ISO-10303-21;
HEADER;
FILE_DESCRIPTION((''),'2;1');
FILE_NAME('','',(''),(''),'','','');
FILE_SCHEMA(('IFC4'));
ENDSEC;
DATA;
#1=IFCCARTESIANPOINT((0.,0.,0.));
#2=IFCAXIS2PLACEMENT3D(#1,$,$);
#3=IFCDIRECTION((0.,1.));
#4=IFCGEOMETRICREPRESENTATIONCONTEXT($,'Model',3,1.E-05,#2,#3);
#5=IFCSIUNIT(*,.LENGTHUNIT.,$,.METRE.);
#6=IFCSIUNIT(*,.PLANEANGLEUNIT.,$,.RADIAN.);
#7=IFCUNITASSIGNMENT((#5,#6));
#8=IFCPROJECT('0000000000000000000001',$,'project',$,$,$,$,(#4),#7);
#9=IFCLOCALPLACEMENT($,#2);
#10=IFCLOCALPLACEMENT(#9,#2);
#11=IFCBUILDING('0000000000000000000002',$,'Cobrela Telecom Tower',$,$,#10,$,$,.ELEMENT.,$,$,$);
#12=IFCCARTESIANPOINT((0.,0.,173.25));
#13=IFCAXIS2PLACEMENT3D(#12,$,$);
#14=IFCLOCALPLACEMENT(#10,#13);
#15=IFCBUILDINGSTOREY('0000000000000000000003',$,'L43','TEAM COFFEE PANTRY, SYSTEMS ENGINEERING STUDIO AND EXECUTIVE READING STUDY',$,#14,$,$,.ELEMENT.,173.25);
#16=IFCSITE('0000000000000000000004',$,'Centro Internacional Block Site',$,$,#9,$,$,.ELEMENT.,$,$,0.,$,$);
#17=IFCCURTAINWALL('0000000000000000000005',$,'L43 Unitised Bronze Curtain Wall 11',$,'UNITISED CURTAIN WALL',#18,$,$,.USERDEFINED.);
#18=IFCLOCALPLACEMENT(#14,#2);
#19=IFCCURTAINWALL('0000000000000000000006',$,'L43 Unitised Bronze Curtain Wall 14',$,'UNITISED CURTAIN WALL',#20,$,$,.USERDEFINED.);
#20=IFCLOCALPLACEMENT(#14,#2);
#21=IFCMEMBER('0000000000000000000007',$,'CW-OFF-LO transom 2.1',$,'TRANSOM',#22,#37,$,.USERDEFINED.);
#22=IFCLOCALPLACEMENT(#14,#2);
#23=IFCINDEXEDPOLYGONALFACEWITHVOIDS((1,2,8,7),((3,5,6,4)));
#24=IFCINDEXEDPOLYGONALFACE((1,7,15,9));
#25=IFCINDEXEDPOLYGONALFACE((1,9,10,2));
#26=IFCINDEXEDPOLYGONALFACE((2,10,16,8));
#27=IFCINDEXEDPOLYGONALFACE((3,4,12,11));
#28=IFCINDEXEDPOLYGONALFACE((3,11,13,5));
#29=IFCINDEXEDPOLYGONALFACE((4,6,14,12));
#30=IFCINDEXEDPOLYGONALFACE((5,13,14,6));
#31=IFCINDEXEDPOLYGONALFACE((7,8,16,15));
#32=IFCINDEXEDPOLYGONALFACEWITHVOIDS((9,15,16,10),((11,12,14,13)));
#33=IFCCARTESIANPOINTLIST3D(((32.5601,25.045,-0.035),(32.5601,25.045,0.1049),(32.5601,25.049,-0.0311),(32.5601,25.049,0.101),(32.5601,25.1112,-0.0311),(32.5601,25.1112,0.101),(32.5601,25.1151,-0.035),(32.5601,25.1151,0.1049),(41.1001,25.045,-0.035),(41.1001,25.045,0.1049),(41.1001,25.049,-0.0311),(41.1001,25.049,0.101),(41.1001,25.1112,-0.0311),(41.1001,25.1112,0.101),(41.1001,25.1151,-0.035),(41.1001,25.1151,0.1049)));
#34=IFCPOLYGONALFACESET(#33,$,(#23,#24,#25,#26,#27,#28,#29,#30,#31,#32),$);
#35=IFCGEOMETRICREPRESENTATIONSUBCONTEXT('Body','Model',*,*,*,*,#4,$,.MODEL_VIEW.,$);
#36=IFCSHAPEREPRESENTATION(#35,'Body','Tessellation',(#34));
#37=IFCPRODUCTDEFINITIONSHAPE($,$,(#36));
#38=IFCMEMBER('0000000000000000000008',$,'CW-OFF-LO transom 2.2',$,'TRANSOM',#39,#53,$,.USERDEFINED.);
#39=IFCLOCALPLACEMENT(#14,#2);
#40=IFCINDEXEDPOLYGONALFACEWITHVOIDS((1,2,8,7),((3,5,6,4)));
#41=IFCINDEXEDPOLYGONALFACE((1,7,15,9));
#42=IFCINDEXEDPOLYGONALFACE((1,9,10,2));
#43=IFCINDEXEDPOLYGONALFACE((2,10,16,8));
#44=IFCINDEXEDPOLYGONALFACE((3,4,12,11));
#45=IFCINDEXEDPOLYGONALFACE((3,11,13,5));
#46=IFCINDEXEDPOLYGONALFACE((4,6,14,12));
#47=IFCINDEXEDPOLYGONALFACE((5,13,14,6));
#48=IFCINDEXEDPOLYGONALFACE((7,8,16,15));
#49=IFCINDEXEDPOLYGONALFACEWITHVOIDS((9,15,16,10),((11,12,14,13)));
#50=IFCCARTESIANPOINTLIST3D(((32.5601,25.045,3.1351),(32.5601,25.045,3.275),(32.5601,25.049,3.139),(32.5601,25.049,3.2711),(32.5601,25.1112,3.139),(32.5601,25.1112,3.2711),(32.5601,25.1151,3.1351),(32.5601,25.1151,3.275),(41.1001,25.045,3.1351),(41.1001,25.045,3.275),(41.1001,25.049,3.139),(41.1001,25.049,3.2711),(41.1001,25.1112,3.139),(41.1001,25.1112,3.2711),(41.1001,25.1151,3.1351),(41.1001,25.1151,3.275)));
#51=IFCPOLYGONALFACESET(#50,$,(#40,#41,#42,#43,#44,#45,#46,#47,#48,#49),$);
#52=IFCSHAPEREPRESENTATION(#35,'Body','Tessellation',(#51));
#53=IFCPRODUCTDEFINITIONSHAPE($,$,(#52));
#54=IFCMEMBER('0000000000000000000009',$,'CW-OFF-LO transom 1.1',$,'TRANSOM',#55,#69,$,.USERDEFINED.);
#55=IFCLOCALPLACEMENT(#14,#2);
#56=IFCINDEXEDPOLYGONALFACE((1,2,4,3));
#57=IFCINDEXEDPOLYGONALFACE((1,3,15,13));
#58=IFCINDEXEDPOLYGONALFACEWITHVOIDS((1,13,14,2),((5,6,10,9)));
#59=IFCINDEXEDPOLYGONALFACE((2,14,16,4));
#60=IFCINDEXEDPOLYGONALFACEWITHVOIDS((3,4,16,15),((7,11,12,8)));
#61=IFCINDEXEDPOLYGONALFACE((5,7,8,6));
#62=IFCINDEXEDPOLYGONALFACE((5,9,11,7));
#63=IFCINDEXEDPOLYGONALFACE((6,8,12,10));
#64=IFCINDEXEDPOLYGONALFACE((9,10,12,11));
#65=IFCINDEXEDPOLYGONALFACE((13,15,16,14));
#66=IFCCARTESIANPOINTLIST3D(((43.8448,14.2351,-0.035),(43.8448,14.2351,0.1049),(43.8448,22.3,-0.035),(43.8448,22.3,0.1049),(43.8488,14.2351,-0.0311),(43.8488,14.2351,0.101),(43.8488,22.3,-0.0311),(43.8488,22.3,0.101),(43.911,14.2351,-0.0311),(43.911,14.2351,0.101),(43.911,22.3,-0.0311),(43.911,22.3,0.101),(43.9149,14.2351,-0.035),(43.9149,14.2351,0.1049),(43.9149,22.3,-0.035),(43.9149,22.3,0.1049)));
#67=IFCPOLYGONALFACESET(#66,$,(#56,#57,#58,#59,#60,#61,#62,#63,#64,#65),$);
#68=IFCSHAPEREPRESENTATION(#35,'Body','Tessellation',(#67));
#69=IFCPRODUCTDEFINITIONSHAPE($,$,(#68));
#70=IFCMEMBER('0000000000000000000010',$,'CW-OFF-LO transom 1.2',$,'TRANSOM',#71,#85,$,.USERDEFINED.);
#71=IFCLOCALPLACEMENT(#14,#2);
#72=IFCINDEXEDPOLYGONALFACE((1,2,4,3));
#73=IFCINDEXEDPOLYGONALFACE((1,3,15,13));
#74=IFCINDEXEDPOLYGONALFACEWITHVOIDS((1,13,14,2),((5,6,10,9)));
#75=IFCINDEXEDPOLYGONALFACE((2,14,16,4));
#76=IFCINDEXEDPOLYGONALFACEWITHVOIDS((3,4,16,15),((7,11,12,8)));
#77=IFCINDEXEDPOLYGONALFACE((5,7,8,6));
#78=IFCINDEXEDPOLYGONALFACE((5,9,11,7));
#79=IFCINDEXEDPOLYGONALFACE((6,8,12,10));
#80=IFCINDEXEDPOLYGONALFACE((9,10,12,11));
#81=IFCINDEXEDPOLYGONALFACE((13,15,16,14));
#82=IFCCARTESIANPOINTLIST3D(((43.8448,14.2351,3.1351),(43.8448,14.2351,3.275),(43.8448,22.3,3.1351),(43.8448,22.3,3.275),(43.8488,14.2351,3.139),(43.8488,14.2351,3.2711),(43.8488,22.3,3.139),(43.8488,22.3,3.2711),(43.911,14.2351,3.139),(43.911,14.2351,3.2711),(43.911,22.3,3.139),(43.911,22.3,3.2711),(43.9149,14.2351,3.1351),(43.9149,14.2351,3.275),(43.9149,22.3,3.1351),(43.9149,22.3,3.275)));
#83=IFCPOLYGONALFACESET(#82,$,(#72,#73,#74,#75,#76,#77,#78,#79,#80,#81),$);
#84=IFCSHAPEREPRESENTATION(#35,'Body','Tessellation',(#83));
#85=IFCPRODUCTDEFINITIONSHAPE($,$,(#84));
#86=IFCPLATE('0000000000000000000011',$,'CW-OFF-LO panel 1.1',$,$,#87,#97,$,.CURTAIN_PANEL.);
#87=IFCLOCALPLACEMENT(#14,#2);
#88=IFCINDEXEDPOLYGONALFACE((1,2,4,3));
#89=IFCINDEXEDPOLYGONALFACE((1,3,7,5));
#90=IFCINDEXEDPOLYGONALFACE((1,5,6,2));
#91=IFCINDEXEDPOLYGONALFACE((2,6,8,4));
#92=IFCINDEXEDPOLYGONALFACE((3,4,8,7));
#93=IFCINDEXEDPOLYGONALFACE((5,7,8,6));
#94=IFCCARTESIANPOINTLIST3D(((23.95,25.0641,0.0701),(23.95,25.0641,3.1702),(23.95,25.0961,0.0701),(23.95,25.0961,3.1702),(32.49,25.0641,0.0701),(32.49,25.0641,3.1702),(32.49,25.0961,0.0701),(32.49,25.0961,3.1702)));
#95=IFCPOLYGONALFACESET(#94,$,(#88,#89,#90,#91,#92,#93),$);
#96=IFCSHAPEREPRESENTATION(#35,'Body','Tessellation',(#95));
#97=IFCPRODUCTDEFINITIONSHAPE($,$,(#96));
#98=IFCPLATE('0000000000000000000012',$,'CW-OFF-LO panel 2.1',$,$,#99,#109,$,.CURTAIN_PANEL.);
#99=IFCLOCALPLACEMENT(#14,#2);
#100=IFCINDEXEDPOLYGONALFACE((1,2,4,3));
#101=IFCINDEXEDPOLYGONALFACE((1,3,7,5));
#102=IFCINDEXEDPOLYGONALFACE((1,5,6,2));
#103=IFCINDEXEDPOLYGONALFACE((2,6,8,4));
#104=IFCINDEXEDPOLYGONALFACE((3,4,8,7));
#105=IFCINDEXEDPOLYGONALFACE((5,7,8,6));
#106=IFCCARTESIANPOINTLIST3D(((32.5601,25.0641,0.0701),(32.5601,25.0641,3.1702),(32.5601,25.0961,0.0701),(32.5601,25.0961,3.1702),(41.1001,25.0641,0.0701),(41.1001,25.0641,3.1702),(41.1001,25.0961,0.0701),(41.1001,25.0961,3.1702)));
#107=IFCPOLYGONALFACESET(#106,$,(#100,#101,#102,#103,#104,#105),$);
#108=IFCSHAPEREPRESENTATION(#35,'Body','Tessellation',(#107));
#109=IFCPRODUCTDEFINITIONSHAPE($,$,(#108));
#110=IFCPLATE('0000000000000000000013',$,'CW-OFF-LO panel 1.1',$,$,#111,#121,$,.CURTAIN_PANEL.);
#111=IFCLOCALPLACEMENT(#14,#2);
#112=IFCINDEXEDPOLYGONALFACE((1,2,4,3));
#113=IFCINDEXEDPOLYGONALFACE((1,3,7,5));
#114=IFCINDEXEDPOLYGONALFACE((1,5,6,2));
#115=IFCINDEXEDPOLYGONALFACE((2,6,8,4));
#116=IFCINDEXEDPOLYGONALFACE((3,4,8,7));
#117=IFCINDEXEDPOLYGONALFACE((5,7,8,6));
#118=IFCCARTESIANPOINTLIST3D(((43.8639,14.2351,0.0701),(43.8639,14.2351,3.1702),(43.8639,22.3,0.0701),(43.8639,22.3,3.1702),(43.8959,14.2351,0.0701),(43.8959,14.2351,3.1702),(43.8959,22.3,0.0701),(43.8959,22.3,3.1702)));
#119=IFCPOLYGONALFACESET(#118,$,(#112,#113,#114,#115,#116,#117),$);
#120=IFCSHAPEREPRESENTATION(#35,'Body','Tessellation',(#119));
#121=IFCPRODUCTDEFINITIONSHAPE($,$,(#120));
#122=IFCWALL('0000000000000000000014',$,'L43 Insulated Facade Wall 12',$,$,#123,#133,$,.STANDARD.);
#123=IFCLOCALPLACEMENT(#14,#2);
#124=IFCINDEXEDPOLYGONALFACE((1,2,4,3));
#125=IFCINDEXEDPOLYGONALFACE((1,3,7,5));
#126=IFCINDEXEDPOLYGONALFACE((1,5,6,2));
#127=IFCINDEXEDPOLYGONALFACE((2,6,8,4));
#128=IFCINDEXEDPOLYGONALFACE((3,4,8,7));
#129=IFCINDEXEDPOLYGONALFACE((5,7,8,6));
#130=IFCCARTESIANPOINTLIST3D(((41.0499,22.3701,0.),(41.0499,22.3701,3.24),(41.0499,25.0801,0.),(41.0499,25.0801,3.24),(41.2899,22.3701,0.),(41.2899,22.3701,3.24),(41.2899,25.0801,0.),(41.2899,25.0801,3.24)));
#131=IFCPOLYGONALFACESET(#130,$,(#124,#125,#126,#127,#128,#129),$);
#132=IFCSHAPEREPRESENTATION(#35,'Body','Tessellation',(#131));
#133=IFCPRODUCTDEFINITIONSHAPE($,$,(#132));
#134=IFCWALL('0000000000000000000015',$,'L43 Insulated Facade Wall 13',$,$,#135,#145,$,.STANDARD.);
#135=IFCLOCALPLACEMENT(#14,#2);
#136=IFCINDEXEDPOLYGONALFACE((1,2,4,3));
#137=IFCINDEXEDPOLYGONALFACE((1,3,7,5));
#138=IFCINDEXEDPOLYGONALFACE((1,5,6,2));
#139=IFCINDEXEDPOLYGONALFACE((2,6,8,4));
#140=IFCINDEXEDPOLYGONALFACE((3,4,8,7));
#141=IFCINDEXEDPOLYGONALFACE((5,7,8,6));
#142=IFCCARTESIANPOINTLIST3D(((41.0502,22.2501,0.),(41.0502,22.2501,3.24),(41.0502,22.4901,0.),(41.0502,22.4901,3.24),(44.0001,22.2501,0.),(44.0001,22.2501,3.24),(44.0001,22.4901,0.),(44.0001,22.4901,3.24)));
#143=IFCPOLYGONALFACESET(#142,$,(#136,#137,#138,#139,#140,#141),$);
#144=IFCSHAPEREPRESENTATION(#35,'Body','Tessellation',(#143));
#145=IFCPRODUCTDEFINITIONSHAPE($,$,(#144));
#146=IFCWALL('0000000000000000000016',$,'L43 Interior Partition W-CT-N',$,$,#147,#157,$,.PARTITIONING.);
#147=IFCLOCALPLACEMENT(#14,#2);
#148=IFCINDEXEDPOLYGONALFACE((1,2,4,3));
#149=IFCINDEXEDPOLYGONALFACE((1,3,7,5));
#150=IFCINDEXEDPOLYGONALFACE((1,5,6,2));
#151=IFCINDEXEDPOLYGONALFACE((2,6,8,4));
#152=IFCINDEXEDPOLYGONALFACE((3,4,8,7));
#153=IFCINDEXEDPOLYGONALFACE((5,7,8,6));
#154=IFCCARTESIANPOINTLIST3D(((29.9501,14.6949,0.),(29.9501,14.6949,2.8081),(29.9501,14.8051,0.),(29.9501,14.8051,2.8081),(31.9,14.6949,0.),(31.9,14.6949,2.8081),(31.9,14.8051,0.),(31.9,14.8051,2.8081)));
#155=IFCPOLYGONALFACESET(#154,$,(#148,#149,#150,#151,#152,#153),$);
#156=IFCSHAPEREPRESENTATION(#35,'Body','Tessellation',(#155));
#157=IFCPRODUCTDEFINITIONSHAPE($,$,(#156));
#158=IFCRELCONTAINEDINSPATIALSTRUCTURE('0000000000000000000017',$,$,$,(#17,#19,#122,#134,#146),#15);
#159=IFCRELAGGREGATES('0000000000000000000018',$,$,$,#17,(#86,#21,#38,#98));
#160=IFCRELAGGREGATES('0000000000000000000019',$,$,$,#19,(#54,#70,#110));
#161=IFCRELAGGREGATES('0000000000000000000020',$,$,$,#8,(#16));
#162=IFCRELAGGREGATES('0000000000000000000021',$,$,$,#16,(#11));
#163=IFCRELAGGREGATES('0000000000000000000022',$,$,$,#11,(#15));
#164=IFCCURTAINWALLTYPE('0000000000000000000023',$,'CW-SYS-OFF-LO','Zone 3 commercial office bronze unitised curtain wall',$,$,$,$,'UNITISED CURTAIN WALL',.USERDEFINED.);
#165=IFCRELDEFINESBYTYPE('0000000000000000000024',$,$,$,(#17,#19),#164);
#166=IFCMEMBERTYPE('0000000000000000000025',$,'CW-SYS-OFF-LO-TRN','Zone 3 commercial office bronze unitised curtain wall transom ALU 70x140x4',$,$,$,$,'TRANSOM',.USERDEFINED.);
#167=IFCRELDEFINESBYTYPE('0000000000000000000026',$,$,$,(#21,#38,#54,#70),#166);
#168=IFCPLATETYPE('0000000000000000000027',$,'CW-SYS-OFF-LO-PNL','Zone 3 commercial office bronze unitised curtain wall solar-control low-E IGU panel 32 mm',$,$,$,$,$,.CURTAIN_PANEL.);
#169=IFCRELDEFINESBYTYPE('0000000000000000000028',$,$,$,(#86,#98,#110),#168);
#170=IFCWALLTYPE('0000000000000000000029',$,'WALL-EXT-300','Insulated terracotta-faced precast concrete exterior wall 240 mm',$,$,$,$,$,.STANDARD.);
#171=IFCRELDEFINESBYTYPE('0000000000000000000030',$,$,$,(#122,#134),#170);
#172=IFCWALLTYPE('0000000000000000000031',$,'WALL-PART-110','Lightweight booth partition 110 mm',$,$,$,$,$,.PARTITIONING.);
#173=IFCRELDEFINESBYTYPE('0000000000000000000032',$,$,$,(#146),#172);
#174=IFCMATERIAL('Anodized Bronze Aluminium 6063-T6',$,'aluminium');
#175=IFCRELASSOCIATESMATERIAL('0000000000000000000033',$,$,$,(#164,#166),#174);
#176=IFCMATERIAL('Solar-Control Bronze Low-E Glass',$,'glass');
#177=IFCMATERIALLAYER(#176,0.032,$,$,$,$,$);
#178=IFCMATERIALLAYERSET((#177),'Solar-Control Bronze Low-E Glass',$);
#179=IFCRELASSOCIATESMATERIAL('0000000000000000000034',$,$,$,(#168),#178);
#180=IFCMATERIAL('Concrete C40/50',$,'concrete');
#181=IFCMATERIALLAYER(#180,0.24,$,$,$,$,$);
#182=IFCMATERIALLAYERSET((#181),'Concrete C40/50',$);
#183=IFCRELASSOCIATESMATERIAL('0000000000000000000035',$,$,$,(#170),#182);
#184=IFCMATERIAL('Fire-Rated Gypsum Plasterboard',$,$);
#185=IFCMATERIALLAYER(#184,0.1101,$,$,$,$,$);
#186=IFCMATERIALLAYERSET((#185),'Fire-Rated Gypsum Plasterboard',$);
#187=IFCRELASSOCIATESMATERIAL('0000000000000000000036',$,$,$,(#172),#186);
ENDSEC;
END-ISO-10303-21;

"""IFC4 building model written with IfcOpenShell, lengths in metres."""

from ifc_helpers import new_model, si_unit, direction, frame, frame_2d, origin, origin_2d, place, context, subcontext, project, spatial, rectangle, hollow_rectangle, extrude, material, layer, layer_set, material_profile, profile_set, type_object, element, aggregate, save


model = new_model("IFC4")

# Units and contexts
model_context = context("Model", 3, precision=1e-05, world=origin(), true_north=direction((0.0, 1.0)))
body_context = subcontext(model_context, "Body", "Model", "MODEL_VIEW")
ifc_project = project(units=[si_unit("LENGTHUNIT", "METRE"), si_unit("PLANEANGLEUNIT", "RADIAN")], contexts=[model_context])

# Site, building, storey
site_placement = place(None, origin())
site = spatial("IfcSite", under=ifc_project, at=site_placement, Name="Centro Internacional Block Site", CompositionType="ELEMENT", RefElevation=0.0)
building_placement = place(site_placement, origin())
building = spatial("IfcBuilding", under=site, at=building_placement, Name="Cobrela Telecom Tower", CompositionType="ELEMENT")
storey_placement = place(building_placement, frame((0.0, 0.0, 173.25)))
storey = spatial("IfcBuildingStorey", under=building, at=storey_placement, Name="L43", Description="TEAM COFFEE PANTRY, SYSTEMS ENGINEERING STUDIO AND EXECUTIVE READING STUDY", CompositionType="ELEMENT", Elevation=173.25)

# Curtain wall
ifc_material_1 = material(Name="Anodized Bronze Aluminium 6063-T6", Category="aluminium")
curtain_wall_type = type_object("IfcCurtainWallType", Name="CW-SYS-OFF-LO", Description="Zone 3 commercial office bronze unitised curtain wall", ElementType="UNITISED CURTAIN WALL", PredefinedType="USERDEFINED", material=ifc_material_1)
curtain_wall_1_placement = place(storey_placement, origin())
curtain_wall_1 = element("IfcCurtainWall", 1, at=curtain_wall_1_placement, inside=storey, type_object=curtain_wall_type, Name="L43 Unitised Bronze Curtain Wall 11", ObjectType="UNITISED CURTAIN WALL", PredefinedType="USERDEFINED")

# Curtain wall
curtain_wall_2_placement = place(storey_placement, origin())
curtain_wall_2 = element("IfcCurtainWall", 2, at=curtain_wall_2_placement, inside=storey, type_object=curtain_wall_type, Name="L43 Unitised Bronze Curtain Wall 14", ObjectType="UNITISED CURTAIN WALL", PredefinedType="USERDEFINED")

# Members
ifc_material_profile_1 = material_profile(ifc_material_1, hollow_rectangle(XDim=0.0701, YDim=0.1399, WallThickness=0.0039, at=origin_2d()), Name="ALU 70x140x4")
ifc_profile_set_1 = profile_set([ifc_material_profile_1], Name="Anodized Bronze Aluminium 6063-T6")
member_type_1 = type_object("IfcMemberType", Name="CW-SYS-OFF-LO-TRN", Description="Zone 3 commercial office bronze unitised curtain wall transom ALU 70x140x4", ElementType="TRANSOM", PredefinedType="USERDEFINED", material=ifc_profile_set_1)
member_1_placement = place(storey_placement, frame((32.5601, 25.0801, 0.0349), z_axis=(1.0, 0.0, 0.0), x_axis=(0.0, 1.0, 0.0)))
member_1 = element("IfcMember", 3, at=member_1_placement, type_object=member_type_1, Name="CW-OFF-LO transom 2.1", ObjectType="TRANSOM", PredefinedType="USERDEFINED", context=body_context, shape_type="SweptSolid", body=[
    extrude(hollow_rectangle(XDim=0.0701, YDim=0.1399, WallThickness=0.0039, at=origin_2d()), origin(), (0.0, 0.0, 1.0), 8.54),
])
member_2_placement = place(storey_placement, frame((32.5601, 25.0801, 3.2051), z_axis=(1.0, 0.0, 0.0), x_axis=(0.0, 1.0, 0.0)))
member_2 = element("IfcMember", 4, at=member_2_placement, type_object=member_type_1, Name="CW-OFF-LO transom 2.2", ObjectType="TRANSOM", PredefinedType="USERDEFINED", context=body_context, shape_type="SweptSolid", body=[
    extrude(hollow_rectangle(XDim=0.0701, YDim=0.1399, WallThickness=0.0039, at=origin_2d()), origin(), (0.0, 0.0, 1.0), 8.54),
])
member_3_placement = place(storey_placement, frame((43.8799, 22.3, 0.0349), z_axis=(0.0, -1.0, 0.0), x_axis=(1.0, 0.0, 0.0)))
member_3 = element("IfcMember", 5, at=member_3_placement, type_object=member_type_1, Name="CW-OFF-LO transom 1.1", ObjectType="TRANSOM", PredefinedType="USERDEFINED", context=body_context, shape_type="SweptSolid", body=[
    extrude(hollow_rectangle(XDim=0.0701, YDim=0.1399, WallThickness=0.0039, at=origin_2d()), origin(), (0.0, 0.0, 1.0), 8.0649),
])
member_4_placement = place(storey_placement, frame((43.8799, 22.3, 3.2051), z_axis=(0.0, -1.0, 0.0), x_axis=(1.0, 0.0, 0.0)))
member_4 = element("IfcMember", 6, at=member_4_placement, type_object=member_type_1, Name="CW-OFF-LO transom 1.2", ObjectType="TRANSOM", PredefinedType="USERDEFINED", context=body_context, shape_type="SweptSolid", body=[
    extrude(hollow_rectangle(XDim=0.0701, YDim=0.1399, WallThickness=0.0039, at=origin_2d()), origin(), (0.0, 0.0, 1.0), 8.0649),
])

# Plates
ifc_material_2 = material(Name="Solar-Control Bronze Low-E Glass", Category="glass")
ifc_layer_1 = layer(ifc_material_2, 0.032)
ifc_layer_set_1 = layer_set([ifc_layer_1], Name="Solar-Control Bronze Low-E Glass")
plate_type = type_object("IfcPlateType", Name="CW-SYS-OFF-LO-PNL", Description="Zone 3 commercial office bronze unitised curtain wall solar-control low-E IGU panel 32 mm", PredefinedType="CURTAIN_PANEL", material=ifc_layer_set_1)
plate_1_placement = place(storey_placement, frame((28.22, 25.0801, 0.0701), z_axis=(0.0, 0.0, 1.0), x_axis=(1.0, 0.0, 0.0)))
plate_1 = element("IfcPlate", 7, at=plate_1_placement, type_object=plate_type, Name="CW-OFF-LO panel 1.1", PredefinedType="CURTAIN_PANEL", context=body_context, shape_type="SweptSolid", body=[
    extrude(rectangle(XDim=8.54, YDim=0.032, at=origin_2d()), origin(), (0.0, 0.0, 1.0), 3.1001),
])
plate_2_placement = place(storey_placement, frame((36.8301, 25.0801, 0.0701), z_axis=(0.0, 0.0, 1.0), x_axis=(1.0, 0.0, 0.0)))
plate_2 = element("IfcPlate", 8, at=plate_2_placement, type_object=plate_type, Name="CW-OFF-LO panel 2.1", PredefinedType="CURTAIN_PANEL", context=body_context, shape_type="SweptSolid", body=[
    extrude(rectangle(XDim=8.54, YDim=0.032, at=origin_2d()), origin(), (0.0, 0.0, 1.0), 3.1001),
])
aggregate(curtain_wall_1, [plate_1, member_1, member_2, plate_2])
plate_3_placement = place(storey_placement, frame((43.8799, 18.2676, 0.0701), z_axis=(0.0, 0.0, 1.0), x_axis=(0.0, -1.0, 0.0)))
plate_3 = element("IfcPlate", 9, at=plate_3_placement, type_object=plate_type, Name="CW-OFF-LO panel 1.1", PredefinedType="CURTAIN_PANEL", context=body_context, shape_type="SweptSolid", body=[
    extrude(rectangle(XDim=8.0649, YDim=0.032, at=origin_2d()), origin(), (0.0, 0.0, 1.0), 3.1001),
])
aggregate(curtain_wall_2, [member_3, member_4, plate_3])

# Walls
ifc_material_3 = material(Name="Concrete C40/50", Category="concrete")
ifc_layer_2 = layer(ifc_material_3, 0.24)
ifc_layer_set_2 = layer_set([ifc_layer_2], Name="Concrete C40/50")
wall_type_1 = type_object("IfcWallType", Name="WALL-EXT-300", Description="Insulated terracotta-faced precast concrete exterior wall 240 mm", PredefinedType="STANDARD", material=ifc_layer_set_2)
wall_1_placement = place(storey_placement, frame((41.1699, 25.0801, 0.0), z_axis=(0.0, 0.0, 1.0), x_axis=(0.0, -1.0, 0.0)))
element("IfcWall", 10, at=wall_1_placement, inside=storey, type_object=wall_type_1, Name="L43 Insulated Facade Wall 12", PredefinedType="STANDARD", context=body_context, shape_type="SweptSolid", body=[
    extrude(rectangle(XDim=2.71, YDim=0.24, at=frame_2d((1.355, 0.0))), origin(), (0.0, 0.0, 1.0), 3.24),
])
wall_2_placement = place(storey_placement, frame((41.05, 22.3701, 0.0), z_axis=(0.0, 0.0, 1.0), x_axis=(1.0, 0.0, 0.0)))
element("IfcWall", 11, at=wall_2_placement, inside=storey, type_object=wall_type_1, Name="L43 Insulated Facade Wall 13", PredefinedType="STANDARD", context=body_context, shape_type="SweptSolid", body=[
    extrude(rectangle(XDim=2.95, YDim=0.24, at=frame_2d((1.4751, 0.0))), origin(), (0.0, 0.0, 1.0), 3.24),
])
ifc_material_4 = material(Name="Fire-Rated Gypsum Plasterboard")
ifc_layer_3 = layer(ifc_material_4, 0.1101)
ifc_layer_set_3 = layer_set([ifc_layer_3], Name="Fire-Rated Gypsum Plasterboard")
wall_type_2 = type_object("IfcWallType", Name="WALL-PART-110", Description="Lightweight booth partition 110 mm", PredefinedType="PARTITIONING", material=ifc_layer_set_3)
wall_3_placement = place(storey_placement, frame((29.95, 14.75, 0.0), z_axis=(0.0, 0.0, 1.0), x_axis=(1.0, 0.0, 0.0)))
element("IfcWall", 12, at=wall_3_placement, inside=storey, type_object=wall_type_2, Name="L43 Interior Partition W-CT-N", PredefinedType="PARTITIONING", context=body_context, shape_type="SweptSolid", body=[
    extrude(rectangle(XDim=1.95, YDim=0.1101, at=frame_2d((0.9751, 0.0))), origin(), (0.0, 0.0, 1.0), 2.8081),
])

save(model, "model.ifc")
